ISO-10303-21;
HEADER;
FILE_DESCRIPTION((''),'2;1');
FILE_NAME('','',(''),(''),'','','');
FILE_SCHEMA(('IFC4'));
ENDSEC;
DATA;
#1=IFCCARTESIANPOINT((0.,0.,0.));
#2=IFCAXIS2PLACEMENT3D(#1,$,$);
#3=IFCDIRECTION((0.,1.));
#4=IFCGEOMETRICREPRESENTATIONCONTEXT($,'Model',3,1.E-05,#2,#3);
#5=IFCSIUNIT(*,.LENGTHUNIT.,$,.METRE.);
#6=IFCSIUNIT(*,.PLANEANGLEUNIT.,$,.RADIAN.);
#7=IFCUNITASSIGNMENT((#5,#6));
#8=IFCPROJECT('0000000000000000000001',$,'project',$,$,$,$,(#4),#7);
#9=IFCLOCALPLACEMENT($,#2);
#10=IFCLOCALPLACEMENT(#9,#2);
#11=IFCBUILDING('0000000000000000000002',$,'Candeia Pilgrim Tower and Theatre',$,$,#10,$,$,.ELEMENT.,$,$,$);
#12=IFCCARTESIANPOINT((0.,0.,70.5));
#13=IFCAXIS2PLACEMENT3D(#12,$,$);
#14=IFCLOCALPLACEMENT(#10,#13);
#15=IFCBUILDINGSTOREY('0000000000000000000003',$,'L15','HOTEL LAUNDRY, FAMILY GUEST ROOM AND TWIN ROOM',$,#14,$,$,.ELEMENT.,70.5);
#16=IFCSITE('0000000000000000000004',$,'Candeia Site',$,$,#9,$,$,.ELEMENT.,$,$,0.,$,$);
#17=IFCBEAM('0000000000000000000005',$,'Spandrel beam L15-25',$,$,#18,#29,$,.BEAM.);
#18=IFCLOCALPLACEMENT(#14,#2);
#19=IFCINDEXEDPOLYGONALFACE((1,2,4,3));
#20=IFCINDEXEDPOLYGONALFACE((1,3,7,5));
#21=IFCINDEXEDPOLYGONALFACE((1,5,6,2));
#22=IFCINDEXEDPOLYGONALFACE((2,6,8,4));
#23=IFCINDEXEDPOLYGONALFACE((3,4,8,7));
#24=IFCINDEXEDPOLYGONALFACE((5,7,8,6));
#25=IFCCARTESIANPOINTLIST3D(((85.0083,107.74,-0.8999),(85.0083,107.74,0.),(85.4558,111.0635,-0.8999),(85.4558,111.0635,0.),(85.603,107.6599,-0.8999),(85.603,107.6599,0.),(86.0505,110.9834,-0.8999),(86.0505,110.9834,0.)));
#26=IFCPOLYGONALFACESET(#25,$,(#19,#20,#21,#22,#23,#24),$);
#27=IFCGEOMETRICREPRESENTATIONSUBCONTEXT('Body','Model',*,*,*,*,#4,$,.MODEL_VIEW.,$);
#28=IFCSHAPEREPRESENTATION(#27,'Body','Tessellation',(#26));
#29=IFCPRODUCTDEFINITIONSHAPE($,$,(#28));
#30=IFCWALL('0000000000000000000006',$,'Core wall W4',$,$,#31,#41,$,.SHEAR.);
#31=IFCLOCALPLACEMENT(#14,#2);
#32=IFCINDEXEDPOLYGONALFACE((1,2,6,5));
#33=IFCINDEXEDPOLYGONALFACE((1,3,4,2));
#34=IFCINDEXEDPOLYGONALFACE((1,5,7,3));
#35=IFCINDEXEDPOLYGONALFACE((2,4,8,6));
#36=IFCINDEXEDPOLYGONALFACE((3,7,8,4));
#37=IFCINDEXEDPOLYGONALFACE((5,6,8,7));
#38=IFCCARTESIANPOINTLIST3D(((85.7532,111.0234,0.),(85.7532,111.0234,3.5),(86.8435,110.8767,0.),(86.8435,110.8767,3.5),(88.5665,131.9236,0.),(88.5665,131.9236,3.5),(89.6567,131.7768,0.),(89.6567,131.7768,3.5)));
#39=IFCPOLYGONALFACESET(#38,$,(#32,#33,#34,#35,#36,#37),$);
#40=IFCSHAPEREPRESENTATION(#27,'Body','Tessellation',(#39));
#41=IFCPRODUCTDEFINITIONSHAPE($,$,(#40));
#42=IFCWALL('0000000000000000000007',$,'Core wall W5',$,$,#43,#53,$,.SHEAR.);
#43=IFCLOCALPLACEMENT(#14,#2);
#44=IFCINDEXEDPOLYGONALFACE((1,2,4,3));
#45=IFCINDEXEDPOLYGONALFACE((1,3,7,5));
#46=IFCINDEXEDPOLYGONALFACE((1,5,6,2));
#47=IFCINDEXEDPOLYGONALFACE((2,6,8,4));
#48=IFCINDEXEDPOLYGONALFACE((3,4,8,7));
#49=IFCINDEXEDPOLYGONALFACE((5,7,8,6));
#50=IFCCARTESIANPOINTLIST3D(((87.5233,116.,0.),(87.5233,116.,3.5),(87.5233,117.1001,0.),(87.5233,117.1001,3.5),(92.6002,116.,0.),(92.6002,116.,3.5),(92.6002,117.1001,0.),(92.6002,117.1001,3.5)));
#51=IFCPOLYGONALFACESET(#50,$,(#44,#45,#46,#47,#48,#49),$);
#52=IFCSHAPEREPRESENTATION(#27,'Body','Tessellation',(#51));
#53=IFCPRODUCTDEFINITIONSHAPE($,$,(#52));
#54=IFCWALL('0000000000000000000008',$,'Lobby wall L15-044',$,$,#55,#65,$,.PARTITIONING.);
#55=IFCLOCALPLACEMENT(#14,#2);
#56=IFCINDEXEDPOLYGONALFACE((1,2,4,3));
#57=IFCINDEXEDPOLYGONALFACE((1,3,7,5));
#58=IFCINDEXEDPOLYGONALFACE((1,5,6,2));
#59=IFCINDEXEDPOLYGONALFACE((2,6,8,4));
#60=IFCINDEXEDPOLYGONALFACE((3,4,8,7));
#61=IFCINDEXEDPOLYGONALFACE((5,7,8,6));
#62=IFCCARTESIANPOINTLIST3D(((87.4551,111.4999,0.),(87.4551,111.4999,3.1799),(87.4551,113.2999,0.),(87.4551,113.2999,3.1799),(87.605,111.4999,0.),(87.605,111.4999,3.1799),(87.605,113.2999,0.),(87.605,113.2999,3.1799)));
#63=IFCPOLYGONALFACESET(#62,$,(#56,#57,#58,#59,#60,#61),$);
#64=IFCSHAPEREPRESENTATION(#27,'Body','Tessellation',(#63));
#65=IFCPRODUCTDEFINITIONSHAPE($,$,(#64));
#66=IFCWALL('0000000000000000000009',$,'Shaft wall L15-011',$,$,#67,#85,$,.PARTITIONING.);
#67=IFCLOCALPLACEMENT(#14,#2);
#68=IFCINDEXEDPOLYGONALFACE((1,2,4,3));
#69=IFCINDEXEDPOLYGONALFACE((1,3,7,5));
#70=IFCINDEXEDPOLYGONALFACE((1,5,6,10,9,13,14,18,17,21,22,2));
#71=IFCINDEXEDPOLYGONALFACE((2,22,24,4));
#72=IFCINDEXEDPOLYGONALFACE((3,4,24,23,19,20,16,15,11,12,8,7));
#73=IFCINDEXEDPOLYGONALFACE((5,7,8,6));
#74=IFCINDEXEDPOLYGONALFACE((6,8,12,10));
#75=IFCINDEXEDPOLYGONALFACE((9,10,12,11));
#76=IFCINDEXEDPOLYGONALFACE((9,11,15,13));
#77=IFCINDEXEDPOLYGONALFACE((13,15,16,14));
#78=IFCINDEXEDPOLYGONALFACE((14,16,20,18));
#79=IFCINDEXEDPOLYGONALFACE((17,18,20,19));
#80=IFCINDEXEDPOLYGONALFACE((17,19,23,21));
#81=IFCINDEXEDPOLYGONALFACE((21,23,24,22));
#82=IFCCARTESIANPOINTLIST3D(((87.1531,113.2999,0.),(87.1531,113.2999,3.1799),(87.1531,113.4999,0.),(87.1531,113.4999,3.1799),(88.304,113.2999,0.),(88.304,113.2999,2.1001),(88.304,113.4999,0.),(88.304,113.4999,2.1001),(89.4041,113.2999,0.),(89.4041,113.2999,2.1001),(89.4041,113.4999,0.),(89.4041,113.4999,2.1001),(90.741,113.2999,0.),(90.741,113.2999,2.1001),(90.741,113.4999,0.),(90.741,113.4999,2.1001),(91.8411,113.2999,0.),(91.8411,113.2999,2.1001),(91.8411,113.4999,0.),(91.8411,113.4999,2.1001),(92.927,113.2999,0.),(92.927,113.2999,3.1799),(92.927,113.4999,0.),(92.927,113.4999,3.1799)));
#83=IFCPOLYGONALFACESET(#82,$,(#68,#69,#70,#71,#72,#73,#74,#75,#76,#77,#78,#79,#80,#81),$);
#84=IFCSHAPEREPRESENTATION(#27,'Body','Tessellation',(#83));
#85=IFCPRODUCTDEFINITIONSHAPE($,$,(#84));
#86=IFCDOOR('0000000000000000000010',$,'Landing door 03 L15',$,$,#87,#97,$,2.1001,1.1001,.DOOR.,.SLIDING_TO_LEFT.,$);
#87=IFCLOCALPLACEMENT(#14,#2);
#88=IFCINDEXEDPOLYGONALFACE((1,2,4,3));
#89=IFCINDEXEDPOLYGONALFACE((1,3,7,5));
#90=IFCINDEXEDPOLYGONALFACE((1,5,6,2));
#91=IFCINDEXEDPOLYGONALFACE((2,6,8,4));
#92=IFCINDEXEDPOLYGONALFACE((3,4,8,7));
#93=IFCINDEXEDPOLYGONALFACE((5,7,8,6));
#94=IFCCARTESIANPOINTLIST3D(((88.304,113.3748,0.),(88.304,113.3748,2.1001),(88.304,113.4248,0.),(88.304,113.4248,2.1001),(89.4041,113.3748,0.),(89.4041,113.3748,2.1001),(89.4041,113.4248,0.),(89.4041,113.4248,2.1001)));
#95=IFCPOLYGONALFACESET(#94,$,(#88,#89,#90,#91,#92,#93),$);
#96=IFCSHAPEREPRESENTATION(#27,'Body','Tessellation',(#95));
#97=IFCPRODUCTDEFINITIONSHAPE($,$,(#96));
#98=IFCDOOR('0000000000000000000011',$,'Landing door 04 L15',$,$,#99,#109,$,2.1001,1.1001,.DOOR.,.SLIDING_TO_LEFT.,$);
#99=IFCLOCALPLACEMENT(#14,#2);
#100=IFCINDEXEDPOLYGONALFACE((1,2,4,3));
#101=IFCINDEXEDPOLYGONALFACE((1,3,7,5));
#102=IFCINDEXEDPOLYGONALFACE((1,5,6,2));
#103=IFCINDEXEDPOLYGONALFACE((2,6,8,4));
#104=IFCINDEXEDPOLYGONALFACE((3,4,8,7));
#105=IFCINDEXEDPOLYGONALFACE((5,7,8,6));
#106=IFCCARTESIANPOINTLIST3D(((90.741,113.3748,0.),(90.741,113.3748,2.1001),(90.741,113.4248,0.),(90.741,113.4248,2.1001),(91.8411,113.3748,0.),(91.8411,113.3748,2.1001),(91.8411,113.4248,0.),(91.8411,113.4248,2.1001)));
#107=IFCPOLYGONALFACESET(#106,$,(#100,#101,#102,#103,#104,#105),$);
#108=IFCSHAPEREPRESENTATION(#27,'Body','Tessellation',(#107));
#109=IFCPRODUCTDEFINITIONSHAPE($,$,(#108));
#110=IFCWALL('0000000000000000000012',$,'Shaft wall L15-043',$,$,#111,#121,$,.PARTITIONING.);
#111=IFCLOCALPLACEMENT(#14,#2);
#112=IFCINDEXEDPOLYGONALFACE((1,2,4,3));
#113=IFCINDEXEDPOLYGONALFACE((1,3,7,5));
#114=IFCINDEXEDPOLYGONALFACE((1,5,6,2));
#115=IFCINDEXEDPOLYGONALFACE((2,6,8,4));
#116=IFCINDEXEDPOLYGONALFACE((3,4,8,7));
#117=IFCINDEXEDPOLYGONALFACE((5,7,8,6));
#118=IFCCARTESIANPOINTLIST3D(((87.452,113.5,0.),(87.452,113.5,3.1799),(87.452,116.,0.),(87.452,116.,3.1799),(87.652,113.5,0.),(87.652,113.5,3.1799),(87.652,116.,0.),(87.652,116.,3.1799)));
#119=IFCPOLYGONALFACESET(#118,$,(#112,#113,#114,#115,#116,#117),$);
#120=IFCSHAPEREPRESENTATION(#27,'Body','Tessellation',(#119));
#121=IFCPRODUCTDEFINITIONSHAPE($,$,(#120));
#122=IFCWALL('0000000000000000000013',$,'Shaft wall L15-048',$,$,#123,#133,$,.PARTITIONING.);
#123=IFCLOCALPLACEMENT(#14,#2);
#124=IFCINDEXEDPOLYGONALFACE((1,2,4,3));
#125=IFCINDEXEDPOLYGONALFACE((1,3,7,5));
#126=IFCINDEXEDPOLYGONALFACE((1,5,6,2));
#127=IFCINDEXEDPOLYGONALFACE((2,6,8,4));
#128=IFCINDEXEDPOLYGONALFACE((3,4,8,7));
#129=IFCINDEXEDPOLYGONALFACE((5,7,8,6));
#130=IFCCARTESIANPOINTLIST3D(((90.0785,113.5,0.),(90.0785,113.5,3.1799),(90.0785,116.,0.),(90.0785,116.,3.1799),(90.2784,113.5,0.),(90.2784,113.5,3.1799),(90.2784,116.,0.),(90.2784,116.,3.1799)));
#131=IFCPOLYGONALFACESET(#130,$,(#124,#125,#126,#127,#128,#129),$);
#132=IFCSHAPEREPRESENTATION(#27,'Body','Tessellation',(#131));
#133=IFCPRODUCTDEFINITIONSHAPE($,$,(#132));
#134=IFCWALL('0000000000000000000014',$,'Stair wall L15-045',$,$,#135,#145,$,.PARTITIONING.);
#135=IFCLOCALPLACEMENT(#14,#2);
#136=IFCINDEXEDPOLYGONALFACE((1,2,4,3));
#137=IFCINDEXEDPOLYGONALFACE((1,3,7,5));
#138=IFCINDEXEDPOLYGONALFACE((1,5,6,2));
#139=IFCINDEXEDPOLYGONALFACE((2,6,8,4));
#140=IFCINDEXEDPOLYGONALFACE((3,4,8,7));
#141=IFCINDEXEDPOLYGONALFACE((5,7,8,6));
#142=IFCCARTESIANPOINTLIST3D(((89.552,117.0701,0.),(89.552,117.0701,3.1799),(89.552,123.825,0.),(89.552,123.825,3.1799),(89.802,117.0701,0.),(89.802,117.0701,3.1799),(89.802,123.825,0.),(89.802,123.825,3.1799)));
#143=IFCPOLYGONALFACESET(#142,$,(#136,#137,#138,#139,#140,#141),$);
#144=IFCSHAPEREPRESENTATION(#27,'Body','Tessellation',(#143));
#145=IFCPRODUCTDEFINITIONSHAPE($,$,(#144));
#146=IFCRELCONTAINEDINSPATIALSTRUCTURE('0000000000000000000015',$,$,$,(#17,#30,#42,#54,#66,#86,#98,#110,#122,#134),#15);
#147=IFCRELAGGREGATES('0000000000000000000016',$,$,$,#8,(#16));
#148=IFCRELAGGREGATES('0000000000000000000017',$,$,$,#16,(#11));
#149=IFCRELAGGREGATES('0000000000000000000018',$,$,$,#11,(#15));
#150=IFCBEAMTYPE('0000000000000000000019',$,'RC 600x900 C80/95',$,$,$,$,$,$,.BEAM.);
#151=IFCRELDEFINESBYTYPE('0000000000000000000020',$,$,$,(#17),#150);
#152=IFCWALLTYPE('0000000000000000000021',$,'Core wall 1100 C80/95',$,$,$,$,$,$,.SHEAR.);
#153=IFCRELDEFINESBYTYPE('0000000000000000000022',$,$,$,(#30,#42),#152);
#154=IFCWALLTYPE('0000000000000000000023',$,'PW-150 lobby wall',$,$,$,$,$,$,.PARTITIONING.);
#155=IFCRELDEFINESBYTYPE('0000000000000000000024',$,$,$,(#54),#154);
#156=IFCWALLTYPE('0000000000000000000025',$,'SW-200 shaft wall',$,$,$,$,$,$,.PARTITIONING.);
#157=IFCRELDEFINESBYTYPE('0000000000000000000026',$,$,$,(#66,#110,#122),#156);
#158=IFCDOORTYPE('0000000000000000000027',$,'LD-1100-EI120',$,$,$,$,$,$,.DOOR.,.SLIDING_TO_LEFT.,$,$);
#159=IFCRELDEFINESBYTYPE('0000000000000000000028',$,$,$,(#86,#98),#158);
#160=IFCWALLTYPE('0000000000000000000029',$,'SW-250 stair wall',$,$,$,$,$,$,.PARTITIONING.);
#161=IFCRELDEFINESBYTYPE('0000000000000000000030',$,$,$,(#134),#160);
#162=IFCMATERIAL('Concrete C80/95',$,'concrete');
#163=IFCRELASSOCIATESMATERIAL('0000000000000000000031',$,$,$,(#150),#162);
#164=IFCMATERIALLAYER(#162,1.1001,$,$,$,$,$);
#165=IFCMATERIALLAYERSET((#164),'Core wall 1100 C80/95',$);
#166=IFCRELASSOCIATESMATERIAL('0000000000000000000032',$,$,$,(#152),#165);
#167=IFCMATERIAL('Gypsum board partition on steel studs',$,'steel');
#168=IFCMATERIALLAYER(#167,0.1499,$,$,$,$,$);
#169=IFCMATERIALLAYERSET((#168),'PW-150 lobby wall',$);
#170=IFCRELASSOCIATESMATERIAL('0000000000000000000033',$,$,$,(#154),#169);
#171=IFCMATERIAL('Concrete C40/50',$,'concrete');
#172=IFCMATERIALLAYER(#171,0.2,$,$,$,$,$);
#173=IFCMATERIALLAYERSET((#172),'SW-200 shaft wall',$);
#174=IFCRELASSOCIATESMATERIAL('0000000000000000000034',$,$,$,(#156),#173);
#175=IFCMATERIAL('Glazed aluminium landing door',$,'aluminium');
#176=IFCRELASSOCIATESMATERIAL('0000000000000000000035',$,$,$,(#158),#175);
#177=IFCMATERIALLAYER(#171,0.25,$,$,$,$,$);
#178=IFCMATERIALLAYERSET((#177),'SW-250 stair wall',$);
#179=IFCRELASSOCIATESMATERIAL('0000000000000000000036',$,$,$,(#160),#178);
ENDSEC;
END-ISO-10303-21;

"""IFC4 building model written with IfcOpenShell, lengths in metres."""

from ifc_helpers import new_model, si_unit, direction, frame, frame_2d, origin, origin_2d, place, context, subcontext, project, spatial, rectangle, extrude, material, layer, layer_set, material_profile, profile_set, type_object, element, fill, save


model = new_model("IFC4")

# Units and contexts
model_context = context("Model", 3, precision=1e-05, world=origin(), true_north=direction((0.0, 1.0)))
body_context = subcontext(model_context, "Body", "Model", "MODEL_VIEW")
ifc_project = project(units=[si_unit("LENGTHUNIT", "METRE"), si_unit("PLANEANGLEUNIT", "RADIAN")], contexts=[model_context])

# Site, building, storey
site_placement = place(None, origin())
site = spatial("IfcSite", under=ifc_project, at=site_placement, Name="Candeia Site", CompositionType="ELEMENT", RefElevation=0.0)
building_placement = place(site_placement, origin())
building = spatial("IfcBuilding", under=site, at=building_placement, Name="Candeia Pilgrim Tower and Theatre", CompositionType="ELEMENT")
storey_placement = place(building_placement, frame((0.0, 0.0, 70.5)))
storey = spatial("IfcBuildingStorey", under=building, at=storey_placement, Name="L15", Description="HOTEL LAUNDRY, FAMILY GUEST ROOM AND TWIN ROOM", CompositionType="ELEMENT", Elevation=70.5)

# Beam
ifc_material_1 = material(Name="Concrete C80/95", Category="concrete")
ifc_material_profile = material_profile(ifc_material_1, rectangle(XDim=0.6001, YDim=0.8999, at=origin_2d()))
ifc_profile_set = profile_set([ifc_material_profile], Name="Concrete C80/95")
beam_type = type_object("IfcBeamType", Name="RC 600x900 C80/95", PredefinedType="BEAM", material=ifc_profile_set)
beam_placement = place(storey_placement, frame((85.7532, 111.0234, -0.45), z_axis=(-0.133446, -0.991056, 0.0), x_axis=(0.991056, -0.133446, 0.0)))
element("IfcBeam", 1, at=beam_placement, inside=storey, type_object=beam_type, Name="Spandrel beam L15-25", PredefinedType="BEAM", context=body_context, shape_type="SweptSolid", body=[
    extrude(rectangle(XDim=0.6001, YDim=0.8999, at=origin_2d()), origin(), (0.0, 0.0, 1.0), 3.3535),
])

# Walls
ifc_layer_1 = layer(ifc_material_1, 1.1001)
ifc_layer_set_1 = layer_set([ifc_layer_1], Name="Core wall 1100 C80/95")
wall_type_1 = type_object("IfcWallType", Name="Core wall 1100 C80/95", PredefinedType="SHEAR", material=ifc_layer_set_1)
wall_1_placement = place(storey_placement, frame((86.2983, 110.95, 0.0), z_axis=(0.0, 0.0, 1.0), x_axis=(0.1334, 0.991062, 0.0)))
element("IfcWall", 2, at=wall_1_placement, inside=storey, type_object=wall_type_1, Name="Core wall W4", PredefinedType="SHEAR", context=body_context, shape_type="SweptSolid", body=[
    extrude(rectangle(XDim=21.0886, YDim=1.1001, at=frame_2d((10.5444, 0.0))), origin(), (0.0, 0.0, 1.0), 3.5),
])
wall_2_placement = place(storey_placement, frame((87.5232, 116.55, 0.0), z_axis=(0.0, 0.0, 1.0), x_axis=(1.0, 0.0, 0.0)))
element("IfcWall", 3, at=wall_2_placement, inside=storey, type_object=wall_type_1, Name="Core wall W5", PredefinedType="SHEAR", context=body_context, shape_type="SweptSolid", body=[
    extrude(rectangle(XDim=5.0769, YDim=1.1001, at=frame_2d((2.5386, 0.0))), origin(), (0.0, 0.0, 1.0), 3.5),
])

# Wall
ifc_material_2 = material(Name="Gypsum board partition on steel studs", Category="steel")
ifc_layer_2 = layer(ifc_material_2, 0.1499)
ifc_layer_set_2 = layer_set([ifc_layer_2], Name="PW-150 lobby wall")
wall_type_2 = type_object("IfcWallType", Name="PW-150 lobby wall", PredefinedType="PARTITIONING", material=ifc_layer_set_2)
wall_3_placement = place(storey_placement, frame((87.53, 111.5, 0.0), z_axis=(0.0, 0.0, 1.0), x_axis=(0.0, 1.0, 0.0)))
element("IfcWall", 4, at=wall_3_placement, inside=storey, type_object=wall_type_2, Name="Lobby wall L15-044", PredefinedType="PARTITIONING", context=body_context, shape_type="SweptSolid", body=[
    extrude(rectangle(XDim=1.8, YDim=0.1499, at=frame_2d((0.8999, 0.0))), origin(), (0.0, 0.0, 1.0), 3.1799),
])

# Wall, openings, doors
ifc_material_3 = material(Name="Concrete C40/50", Category="concrete")
ifc_layer_3 = layer(ifc_material_3, 0.2)
ifc_layer_set_3 = layer_set([ifc_layer_3], Name="SW-200 shaft wall")
wall_type_3 = type_object("IfcWallType", Name="SW-200 shaft wall", PredefinedType="PARTITIONING", material=ifc_layer_set_3)
wall_4_placement = place(storey_placement, frame((87.1531, 113.3999, 0.0), z_axis=(0.0, 0.0, 1.0), x_axis=(1.0, 0.0, 0.0)))
wall_4 = element("IfcWall", 5, at=wall_4_placement, inside=storey, type_object=wall_type_3, Name="Shaft wall L15-011", PredefinedType="PARTITIONING", context=body_context, shape_type="SweptSolid", body=[
    extrude(rectangle(XDim=5.7739, YDim=0.2, at=frame_2d((2.887, 0.0))), origin(), (0.0, 0.0, 1.0), 3.1799),
])
opening_1_placement = place(wall_4_placement, frame((1.1509, 0.0, 0.0)))
opening_1 = element("IfcOpeningElement", 6, at=opening_1_placement, cuts=wall_4, PredefinedType="OPENING", context=body_context, shape_type="SweptSolid", body=[
    extrude(rectangle(XDim=1.1001, YDim=2.1001, at=frame_2d((0.55, 1.05))), frame((0.0, 0.1099, 0.0), z_axis=(0.0, -1.0, 0.0), x_axis=(1.0, 0.0, 0.0)), (0.0, 0.0, 1.0), 0.22),
])
opening_2_placement = place(wall_4_placement, frame((3.5879, 0.0, 0.0)))
opening_2 = element("IfcOpeningElement", 7, at=opening_2_placement, cuts=wall_4, PredefinedType="OPENING", context=body_context, shape_type="SweptSolid", body=[
    extrude(rectangle(XDim=1.1001, YDim=2.1001, at=frame_2d((0.55, 1.05))), frame((0.0, 0.1099, 0.0), z_axis=(0.0, -1.0, 0.0), x_axis=(1.0, 0.0, 0.0)), (0.0, 0.0, 1.0), 0.22),
])
ifc_material_4 = material(Name="Glazed aluminium landing door", Category="aluminium")
door_type_1 = type_object("IfcDoorType", Name="LD-1100-EI120", OperationType="SLIDING_TO_LEFT", PredefinedType="DOOR", material=ifc_material_4)
door_1_placement = place(opening_1_placement, origin())
door_1 = element("IfcDoor", 8, at=door_1_placement, inside=storey, type_object=door_type_1, Name="Landing door 03 L15", OperationType="SLIDING_TO_LEFT", OverallHeight=2.1001, OverallWidth=1.1001, PredefinedType="DOOR", context=body_context, shape_type="SweptSolid", body=[
    extrude(rectangle(XDim=1.1001, YDim=2.1001, at=frame_2d((0.55, 1.05))), frame((0.0, 0.0249, 0.0), z_axis=(0.0, -1.0, 0.0), x_axis=(1.0, 0.0, 0.0)), (0.0, 0.0, 1.0), 0.05),
])
fill(opening_1, door_1)
door_2_placement = place(opening_2_placement, origin())
door_2 = element("IfcDoor", 9, at=door_2_placement, inside=storey, type_object=door_type_1, Name="Landing door 04 L15", OperationType="SLIDING_TO_LEFT", OverallHeight=2.1001, OverallWidth=1.1001, PredefinedType="DOOR", context=body_context, shape_type="SweptSolid", body=[
    extrude(rectangle(XDim=1.1001, YDim=2.1001, at=frame_2d((0.55, 1.05))), frame((0.0, 0.0249, 0.0), z_axis=(0.0, -1.0, 0.0), x_axis=(1.0, 0.0, 0.0)), (0.0, 0.0, 1.0), 0.05),
])
fill(opening_2, door_2)

# Walls
for number, where, z_axis, x_axis, name in (
    (10, (87.552, 113.5, 0.0), (0.0, 0.0, 1.0), (0.0, 1.0, 0.0), "Shaft wall L15-043"),
    (11, (90.1785, 113.5, 0.0), (0.0, 0.0, 1.0), (0.0, 1.0, 0.0), "Shaft wall L15-048"),
):
    element("IfcWall", number, at=place(storey_placement, frame(where, z_axis=z_axis, x_axis=x_axis)), inside=storey, type_object=wall_type_3, Name=name, PredefinedType="PARTITIONING", context=body_context, shape_type="SweptSolid", body=[
        extrude(rectangle(XDim=2.5, YDim=0.2, at=frame_2d((1.25, 0.0))), origin(), (0.0, 0.0, 1.0), 3.1799),
    ])
ifc_layer_4 = layer(ifc_material_3, 0.25)
ifc_layer_set_4 = layer_set([ifc_layer_4], Name="SW-250 stair wall")
wall_type_4 = type_object("IfcWallType", Name="SW-250 stair wall", PredefinedType="PARTITIONING", material=ifc_layer_set_4)
wall_5_placement = place(storey_placement, frame((89.677, 117.0701, 0.0), z_axis=(0.0, 0.0, 1.0), x_axis=(0.0, 1.0, 0.0)))
element("IfcWall", 12, at=wall_5_placement, inside=storey, type_object=wall_type_4, Name="Stair wall L15-045", PredefinedType="PARTITIONING", context=body_context, shape_type="SweptSolid", body=[
    extrude(rectangle(XDim=6.7549, YDim=0.25, at=frame_2d((3.3774, 0.0))), origin(), (0.0, 0.0, 1.0), 3.1799),
])

save(model, "model.ifc")
